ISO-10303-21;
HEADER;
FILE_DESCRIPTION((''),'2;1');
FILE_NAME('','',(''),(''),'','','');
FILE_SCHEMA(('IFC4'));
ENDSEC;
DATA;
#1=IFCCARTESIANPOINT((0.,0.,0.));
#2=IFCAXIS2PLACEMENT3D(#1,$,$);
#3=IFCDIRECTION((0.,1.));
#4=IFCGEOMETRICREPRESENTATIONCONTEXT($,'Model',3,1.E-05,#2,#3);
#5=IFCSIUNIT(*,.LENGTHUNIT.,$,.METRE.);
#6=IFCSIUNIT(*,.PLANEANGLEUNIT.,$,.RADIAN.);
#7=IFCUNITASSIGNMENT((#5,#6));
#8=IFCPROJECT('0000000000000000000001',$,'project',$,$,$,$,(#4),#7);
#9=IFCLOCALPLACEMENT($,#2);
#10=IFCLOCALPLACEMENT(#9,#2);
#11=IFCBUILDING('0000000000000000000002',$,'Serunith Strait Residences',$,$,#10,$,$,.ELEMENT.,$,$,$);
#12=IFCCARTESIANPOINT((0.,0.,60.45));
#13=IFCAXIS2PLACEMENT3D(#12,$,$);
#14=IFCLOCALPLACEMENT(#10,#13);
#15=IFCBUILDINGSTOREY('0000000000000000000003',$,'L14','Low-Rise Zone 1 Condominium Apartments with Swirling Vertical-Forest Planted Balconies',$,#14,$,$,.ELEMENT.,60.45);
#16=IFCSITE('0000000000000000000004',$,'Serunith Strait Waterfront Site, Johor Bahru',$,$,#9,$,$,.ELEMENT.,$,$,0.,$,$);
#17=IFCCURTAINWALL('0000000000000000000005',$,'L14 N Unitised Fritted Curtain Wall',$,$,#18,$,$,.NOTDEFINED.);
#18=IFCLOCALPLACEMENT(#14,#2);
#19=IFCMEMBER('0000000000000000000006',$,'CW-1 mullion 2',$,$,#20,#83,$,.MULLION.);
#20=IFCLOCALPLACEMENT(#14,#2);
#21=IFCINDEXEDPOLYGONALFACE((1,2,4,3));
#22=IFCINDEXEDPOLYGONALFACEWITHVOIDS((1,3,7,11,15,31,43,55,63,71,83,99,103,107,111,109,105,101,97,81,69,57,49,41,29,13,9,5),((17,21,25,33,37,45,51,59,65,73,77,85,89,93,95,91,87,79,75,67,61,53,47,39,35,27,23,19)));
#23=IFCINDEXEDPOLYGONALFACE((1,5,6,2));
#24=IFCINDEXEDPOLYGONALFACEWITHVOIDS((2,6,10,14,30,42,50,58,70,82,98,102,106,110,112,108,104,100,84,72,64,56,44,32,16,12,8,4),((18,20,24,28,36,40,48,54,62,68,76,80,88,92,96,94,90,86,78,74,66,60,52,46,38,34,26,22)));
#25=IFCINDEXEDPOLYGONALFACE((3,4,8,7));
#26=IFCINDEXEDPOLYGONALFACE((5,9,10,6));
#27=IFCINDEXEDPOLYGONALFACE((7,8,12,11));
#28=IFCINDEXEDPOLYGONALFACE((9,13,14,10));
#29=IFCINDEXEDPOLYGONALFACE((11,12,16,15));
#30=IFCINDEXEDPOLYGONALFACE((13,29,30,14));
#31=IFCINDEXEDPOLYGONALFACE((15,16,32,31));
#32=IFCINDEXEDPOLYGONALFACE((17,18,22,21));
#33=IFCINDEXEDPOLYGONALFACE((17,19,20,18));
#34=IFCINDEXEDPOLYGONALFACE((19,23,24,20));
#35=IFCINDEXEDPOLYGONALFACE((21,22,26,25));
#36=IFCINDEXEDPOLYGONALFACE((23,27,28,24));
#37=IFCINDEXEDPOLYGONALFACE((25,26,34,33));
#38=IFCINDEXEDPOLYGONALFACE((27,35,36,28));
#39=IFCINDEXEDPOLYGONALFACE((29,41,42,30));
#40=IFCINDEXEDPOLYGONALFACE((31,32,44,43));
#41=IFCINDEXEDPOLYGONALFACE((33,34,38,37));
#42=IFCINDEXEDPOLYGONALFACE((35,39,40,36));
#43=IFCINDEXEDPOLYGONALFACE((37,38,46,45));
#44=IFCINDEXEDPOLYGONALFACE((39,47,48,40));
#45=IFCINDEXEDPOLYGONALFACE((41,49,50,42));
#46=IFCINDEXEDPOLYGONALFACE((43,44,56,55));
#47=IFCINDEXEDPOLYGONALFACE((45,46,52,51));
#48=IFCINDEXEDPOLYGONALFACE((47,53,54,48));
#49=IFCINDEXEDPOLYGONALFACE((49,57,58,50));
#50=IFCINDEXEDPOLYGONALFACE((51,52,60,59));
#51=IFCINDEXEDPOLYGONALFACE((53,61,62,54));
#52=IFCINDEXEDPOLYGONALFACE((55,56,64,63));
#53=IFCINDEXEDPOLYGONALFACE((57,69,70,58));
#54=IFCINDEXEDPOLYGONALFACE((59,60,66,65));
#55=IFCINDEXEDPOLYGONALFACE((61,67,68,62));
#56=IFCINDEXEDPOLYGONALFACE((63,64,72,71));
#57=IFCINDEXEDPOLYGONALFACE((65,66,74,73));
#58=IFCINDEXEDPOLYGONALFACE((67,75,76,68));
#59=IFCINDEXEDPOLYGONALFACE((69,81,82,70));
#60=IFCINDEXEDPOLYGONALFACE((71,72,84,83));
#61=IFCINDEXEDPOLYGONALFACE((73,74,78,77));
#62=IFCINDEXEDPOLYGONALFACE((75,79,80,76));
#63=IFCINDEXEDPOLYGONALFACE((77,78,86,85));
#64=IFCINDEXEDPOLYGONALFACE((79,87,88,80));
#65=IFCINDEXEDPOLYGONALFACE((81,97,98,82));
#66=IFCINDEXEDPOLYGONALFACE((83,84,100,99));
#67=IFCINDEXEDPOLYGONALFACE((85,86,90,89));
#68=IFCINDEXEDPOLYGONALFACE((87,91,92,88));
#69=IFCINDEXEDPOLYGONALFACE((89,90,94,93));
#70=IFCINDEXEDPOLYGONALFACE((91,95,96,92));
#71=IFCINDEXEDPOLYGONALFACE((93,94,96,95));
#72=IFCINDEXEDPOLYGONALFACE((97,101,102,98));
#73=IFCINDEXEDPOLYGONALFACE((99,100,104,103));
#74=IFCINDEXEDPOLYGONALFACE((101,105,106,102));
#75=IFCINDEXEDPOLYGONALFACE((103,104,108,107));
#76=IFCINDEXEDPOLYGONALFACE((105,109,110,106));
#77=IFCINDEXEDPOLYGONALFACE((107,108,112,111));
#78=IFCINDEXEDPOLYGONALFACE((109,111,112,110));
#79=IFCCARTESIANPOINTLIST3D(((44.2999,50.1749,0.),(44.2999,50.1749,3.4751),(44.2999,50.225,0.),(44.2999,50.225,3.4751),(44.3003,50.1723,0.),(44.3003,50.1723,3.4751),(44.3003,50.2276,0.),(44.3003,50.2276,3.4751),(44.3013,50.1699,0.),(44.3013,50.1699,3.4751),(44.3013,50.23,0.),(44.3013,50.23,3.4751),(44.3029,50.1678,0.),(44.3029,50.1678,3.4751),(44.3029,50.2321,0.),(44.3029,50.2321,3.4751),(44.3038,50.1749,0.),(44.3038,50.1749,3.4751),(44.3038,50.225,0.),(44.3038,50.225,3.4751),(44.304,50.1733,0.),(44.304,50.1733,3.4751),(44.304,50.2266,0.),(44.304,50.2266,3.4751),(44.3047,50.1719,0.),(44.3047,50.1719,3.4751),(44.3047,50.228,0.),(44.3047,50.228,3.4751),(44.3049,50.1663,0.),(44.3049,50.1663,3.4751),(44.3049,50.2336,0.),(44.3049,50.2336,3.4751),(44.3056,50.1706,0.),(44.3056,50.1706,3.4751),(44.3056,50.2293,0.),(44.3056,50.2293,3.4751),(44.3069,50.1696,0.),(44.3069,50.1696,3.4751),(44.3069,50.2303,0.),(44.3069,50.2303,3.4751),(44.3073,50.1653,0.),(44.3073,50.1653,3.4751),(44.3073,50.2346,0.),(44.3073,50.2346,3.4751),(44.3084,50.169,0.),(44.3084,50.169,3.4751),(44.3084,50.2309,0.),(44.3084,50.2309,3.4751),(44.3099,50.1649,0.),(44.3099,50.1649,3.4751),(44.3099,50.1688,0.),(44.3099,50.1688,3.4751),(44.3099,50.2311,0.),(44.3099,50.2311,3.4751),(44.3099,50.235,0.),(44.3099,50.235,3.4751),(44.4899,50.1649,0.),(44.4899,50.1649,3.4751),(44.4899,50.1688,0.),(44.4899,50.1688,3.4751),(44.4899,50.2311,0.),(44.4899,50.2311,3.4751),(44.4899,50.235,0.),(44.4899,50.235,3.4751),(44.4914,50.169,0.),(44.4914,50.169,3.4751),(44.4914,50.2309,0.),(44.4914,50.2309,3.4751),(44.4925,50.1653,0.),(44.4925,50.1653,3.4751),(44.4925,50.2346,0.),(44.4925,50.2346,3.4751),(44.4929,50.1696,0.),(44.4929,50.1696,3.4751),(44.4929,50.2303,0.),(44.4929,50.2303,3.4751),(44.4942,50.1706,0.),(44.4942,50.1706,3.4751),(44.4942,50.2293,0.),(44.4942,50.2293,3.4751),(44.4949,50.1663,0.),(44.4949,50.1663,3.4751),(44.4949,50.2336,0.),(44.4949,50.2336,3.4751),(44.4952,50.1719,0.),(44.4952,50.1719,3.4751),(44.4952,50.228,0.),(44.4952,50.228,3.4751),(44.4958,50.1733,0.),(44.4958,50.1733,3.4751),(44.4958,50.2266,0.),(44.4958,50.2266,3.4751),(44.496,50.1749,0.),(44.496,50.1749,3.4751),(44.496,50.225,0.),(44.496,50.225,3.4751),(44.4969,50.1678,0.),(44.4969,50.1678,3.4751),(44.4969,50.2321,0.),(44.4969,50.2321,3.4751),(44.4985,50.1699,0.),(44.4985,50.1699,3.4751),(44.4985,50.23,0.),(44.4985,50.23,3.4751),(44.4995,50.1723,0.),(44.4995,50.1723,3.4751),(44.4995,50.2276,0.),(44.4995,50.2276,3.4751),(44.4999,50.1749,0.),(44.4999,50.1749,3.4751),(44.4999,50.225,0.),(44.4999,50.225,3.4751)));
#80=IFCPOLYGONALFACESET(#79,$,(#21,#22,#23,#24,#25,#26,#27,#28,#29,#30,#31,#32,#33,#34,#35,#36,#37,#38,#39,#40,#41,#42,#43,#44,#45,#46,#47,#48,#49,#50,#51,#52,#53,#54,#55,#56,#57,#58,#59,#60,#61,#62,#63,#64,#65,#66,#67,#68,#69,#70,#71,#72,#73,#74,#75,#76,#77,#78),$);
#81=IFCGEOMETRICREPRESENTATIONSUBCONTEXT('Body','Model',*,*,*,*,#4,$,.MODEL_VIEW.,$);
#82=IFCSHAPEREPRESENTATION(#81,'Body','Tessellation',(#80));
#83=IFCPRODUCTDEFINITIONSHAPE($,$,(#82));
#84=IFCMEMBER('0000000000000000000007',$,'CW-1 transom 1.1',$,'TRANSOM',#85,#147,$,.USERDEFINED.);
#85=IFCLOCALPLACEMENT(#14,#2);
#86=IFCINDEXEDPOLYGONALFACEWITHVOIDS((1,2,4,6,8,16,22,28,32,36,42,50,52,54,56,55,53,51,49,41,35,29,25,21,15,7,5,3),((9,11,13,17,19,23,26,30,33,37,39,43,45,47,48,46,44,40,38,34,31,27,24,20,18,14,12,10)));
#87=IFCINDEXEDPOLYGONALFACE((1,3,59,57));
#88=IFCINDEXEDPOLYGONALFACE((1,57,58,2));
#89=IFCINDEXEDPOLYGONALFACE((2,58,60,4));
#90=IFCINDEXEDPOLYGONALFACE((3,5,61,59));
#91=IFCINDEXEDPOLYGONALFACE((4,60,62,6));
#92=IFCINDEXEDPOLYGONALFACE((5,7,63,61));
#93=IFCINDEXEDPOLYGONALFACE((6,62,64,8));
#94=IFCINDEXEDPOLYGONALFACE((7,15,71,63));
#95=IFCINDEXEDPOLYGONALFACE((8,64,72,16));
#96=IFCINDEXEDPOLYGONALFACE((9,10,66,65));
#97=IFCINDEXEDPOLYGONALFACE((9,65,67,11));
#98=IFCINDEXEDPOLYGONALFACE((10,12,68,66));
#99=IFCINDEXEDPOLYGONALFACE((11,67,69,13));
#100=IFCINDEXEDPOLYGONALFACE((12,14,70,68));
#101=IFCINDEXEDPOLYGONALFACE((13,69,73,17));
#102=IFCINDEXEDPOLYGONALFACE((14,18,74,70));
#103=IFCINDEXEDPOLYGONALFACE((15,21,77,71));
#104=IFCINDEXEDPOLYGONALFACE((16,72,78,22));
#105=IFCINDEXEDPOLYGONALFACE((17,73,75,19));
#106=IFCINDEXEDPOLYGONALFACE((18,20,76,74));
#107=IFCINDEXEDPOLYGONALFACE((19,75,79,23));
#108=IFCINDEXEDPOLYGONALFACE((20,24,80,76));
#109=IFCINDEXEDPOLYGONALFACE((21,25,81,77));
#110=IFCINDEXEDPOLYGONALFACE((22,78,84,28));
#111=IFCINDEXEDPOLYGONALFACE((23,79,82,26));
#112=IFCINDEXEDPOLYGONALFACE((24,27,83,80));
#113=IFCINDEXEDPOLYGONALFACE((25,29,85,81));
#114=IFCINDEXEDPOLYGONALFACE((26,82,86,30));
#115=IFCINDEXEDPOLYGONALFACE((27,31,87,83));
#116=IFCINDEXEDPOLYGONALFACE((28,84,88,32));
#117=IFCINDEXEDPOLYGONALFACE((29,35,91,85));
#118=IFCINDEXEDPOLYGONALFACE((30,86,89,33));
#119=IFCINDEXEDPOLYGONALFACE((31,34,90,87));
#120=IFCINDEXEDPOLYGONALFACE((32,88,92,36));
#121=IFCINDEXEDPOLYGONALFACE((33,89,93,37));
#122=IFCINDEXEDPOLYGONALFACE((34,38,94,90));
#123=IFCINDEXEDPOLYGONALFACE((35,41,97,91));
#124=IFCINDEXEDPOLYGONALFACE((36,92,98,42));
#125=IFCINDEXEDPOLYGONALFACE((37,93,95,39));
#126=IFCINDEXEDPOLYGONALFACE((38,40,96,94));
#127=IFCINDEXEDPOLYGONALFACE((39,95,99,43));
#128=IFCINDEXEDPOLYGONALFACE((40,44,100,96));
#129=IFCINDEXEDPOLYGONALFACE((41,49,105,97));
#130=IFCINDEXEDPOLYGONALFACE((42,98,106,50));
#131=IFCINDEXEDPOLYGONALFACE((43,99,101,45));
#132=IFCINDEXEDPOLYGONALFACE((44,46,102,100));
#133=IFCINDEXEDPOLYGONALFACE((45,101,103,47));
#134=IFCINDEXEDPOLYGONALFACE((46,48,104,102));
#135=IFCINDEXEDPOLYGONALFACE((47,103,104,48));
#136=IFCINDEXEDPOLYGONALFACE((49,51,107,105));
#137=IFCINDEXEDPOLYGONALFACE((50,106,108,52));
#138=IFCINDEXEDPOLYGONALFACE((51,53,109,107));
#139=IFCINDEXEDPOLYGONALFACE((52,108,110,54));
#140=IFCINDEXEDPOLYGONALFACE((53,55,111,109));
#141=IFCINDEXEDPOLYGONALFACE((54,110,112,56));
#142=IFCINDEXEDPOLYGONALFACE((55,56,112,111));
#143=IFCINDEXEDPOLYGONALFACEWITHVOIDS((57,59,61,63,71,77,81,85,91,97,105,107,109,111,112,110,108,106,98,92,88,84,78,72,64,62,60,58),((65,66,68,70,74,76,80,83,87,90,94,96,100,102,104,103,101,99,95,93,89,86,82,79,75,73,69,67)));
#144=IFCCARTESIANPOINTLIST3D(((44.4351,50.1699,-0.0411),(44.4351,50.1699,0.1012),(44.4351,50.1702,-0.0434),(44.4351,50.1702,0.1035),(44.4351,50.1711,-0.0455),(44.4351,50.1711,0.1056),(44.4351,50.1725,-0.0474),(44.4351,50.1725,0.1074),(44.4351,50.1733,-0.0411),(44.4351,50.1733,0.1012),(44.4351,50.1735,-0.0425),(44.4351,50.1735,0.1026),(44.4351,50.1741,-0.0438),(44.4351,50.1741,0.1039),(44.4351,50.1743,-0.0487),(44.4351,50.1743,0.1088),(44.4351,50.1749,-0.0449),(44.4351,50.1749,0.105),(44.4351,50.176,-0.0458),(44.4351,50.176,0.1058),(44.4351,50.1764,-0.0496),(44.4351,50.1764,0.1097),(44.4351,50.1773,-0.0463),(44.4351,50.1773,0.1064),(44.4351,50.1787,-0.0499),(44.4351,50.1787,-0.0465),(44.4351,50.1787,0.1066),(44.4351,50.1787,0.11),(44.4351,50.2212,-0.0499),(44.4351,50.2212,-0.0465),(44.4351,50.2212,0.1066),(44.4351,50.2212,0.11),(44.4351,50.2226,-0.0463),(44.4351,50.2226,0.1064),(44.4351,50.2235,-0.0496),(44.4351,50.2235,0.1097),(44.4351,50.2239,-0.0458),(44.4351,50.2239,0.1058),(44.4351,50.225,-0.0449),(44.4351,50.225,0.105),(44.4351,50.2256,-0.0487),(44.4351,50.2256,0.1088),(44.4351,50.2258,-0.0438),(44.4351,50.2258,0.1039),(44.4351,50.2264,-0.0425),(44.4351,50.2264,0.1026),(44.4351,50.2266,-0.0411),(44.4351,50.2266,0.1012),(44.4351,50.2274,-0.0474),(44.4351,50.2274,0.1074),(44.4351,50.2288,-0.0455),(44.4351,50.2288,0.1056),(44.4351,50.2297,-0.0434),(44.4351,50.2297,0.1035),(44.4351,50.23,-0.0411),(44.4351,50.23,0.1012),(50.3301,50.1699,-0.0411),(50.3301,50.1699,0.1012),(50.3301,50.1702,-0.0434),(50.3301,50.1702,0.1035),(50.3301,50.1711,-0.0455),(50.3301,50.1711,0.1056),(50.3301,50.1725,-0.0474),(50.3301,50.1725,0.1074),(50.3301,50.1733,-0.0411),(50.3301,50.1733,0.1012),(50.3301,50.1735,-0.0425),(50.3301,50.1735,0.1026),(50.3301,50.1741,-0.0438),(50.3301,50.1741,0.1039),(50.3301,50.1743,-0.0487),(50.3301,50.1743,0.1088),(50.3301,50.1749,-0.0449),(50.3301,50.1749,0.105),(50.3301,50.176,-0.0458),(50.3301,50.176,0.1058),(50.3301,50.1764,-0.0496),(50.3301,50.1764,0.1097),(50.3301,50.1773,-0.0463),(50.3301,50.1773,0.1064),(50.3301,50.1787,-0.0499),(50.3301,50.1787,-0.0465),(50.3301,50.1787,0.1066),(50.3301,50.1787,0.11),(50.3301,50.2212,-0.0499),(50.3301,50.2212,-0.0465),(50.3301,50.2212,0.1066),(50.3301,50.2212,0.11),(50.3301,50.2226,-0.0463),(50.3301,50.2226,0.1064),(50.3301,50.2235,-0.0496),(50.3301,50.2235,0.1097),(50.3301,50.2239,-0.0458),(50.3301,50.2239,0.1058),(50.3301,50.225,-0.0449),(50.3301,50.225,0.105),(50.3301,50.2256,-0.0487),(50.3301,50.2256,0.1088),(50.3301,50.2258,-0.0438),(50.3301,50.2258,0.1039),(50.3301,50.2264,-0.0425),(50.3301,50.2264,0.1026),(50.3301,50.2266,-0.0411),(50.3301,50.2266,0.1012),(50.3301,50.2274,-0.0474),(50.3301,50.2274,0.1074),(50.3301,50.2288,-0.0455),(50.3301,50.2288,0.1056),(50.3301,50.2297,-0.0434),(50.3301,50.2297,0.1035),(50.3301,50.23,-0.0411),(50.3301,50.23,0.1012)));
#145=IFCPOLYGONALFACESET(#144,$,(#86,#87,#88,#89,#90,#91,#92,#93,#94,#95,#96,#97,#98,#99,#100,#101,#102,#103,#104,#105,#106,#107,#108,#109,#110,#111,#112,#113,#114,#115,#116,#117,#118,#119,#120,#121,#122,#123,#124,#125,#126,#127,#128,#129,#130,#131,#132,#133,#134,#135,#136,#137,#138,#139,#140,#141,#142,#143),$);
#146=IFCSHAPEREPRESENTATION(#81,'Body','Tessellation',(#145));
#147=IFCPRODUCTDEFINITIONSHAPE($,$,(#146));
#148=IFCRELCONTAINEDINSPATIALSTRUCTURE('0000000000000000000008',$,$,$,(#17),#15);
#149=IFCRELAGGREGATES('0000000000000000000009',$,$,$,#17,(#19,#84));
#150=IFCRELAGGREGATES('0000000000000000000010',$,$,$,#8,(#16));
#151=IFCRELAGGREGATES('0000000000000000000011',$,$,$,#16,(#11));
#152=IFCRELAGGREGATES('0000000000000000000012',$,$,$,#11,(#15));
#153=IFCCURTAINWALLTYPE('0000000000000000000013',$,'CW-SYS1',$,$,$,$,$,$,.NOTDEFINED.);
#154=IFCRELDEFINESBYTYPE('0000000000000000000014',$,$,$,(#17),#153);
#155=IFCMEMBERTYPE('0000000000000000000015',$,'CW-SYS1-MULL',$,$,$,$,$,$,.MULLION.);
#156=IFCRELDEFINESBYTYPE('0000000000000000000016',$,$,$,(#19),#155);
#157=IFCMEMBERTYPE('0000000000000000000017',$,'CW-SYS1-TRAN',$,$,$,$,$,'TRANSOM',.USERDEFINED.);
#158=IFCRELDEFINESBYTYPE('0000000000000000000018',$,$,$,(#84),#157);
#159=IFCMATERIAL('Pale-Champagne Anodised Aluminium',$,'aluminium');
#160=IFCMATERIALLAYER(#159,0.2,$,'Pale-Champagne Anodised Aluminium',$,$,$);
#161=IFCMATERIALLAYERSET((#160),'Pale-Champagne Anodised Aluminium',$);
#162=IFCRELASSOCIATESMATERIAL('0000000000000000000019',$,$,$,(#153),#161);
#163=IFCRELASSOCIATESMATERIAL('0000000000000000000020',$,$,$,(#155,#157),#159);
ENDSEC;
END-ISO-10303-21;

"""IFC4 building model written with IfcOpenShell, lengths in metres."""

from ifc_helpers import new_model, si_unit, direction, frame, origin, origin_2d, place, context, subcontext, project, spatial, hollow_rectangle, extrude, source, transform, mapped, material, layer, layer_set, material_profile, profile_set, type_object, element, aggregate, save


model = new_model("IFC4")

# Units and contexts
model_context = context("Model", 3, precision=1e-05, world=origin(), true_north=direction((0.0, 1.0)))
body_context = subcontext(model_context, "Body", "Model", "MODEL_VIEW")
ifc_project = project(units=[si_unit("LENGTHUNIT", "METRE"), si_unit("PLANEANGLEUNIT", "RADIAN")], contexts=[model_context])

# Site, building, storey
site_placement = place(None, origin())
site = spatial("IfcSite", under=ifc_project, at=site_placement, Name="Serunith Strait Waterfront Site, Johor Bahru", CompositionType="ELEMENT", RefElevation=0.0)
building_placement = place(site_placement, origin())
building = spatial("IfcBuilding", under=site, at=building_placement, Name="Serunith Strait Residences", CompositionType="ELEMENT")
storey_placement = place(building_placement, frame((0.0, 0.0, 60.45)))
storey = spatial("IfcBuildingStorey", under=building, at=storey_placement, Name="L14", Description="Low-Rise Zone 1 Condominium Apartments with Swirling Vertical-Forest Planted Balconies", CompositionType="ELEMENT", Elevation=60.45)

# Shared definitions
ifc_material_1 = material(Name="Pale-Champagne Anodised Aluminium", Category="aluminium")
ifc_layer_1 = layer(ifc_material_1, 0.2, Name="Pale-Champagne Anodised Aluminium")
ifc_layer_set_1 = layer_set([ifc_layer_1], Name="Pale-Champagne Anodised Aluminium")
curtain_wall_type = type_object("IfcCurtainWallType", Name="CW-SYS1", PredefinedType="NOTDEFINED", material=ifc_layer_set_1)
ifc_material_profile_1 = material_profile(ifc_material_1, hollow_rectangle(XDim=0.0701, YDim=0.2, WallThickness=0.0039, InnerFilletRadius=0.0061, OuterFilletRadius=0.01, at=origin_2d()), Name="ALU 200x70x4")
ifc_profile_set_1 = profile_set([ifc_material_profile_1], Name="Pale-Champagne Anodised Aluminium")
member_type_1 = type_object("IfcMemberType", Name="CW-SYS1-MULL", PredefinedType="MULLION", material=ifc_profile_set_1)
shared_shape_1 = source(origin(), body_context, "Body", "SweptSolid", [
    extrude(hollow_rectangle(XDim=0.0701, YDim=0.2, WallThickness=0.0039, InnerFilletRadius=0.0061, OuterFilletRadius=0.01, at=origin_2d()), origin(), (0.0, 0.0, 1.0), 3.4751),
])

# Curtain wall, members
curtain_wall_1_placement = place(storey_placement, origin())
curtain_wall_1 = element("IfcCurtainWall", 1, at=curtain_wall_1_placement, inside=storey, type_object=curtain_wall_type, Name="L14 N Unitised Fritted Curtain Wall", PredefinedType="NOTDEFINED")
member_1_placement = place(storey_placement, frame((44.3999, 50.2, 0.0), z_axis=(0.0, 0.0, 1.0), x_axis=(0.0, -1.0, 0.0)))
member_1 = element("IfcMember", 2, at=member_1_placement, type_object=member_type_1, Name="CW-1 mullion 2", PredefinedType="MULLION", context=body_context, shape_type="MappedRepresentation", body=[
    mapped(shared_shape_1, transform((0.0, 0.0, 0.0), scale=1.0)),
])
ifc_material_profile_2 = material_profile(ifc_material_1, hollow_rectangle(XDim=0.0601, YDim=0.1599, WallThickness=0.0034, InnerFilletRadius=0.0054, OuterFilletRadius=0.0088, at=origin_2d()), Name="ALU 160x60x3.5")
ifc_profile_set_2 = profile_set([ifc_material_profile_2], Name="Pale-Champagne Anodised Aluminium")
member_type_2 = type_object("IfcMemberType", Name="CW-SYS1-TRAN", ElementType="TRANSOM", PredefinedType="USERDEFINED", material=ifc_profile_set_2)
shared_shape_2 = source(origin(), body_context, "Body", "SweptSolid", [
    extrude(hollow_rectangle(XDim=0.0601, YDim=0.1599, WallThickness=0.0034, InnerFilletRadius=0.0054, OuterFilletRadius=0.0088, at=origin_2d()), origin(), (0.0, 0.0, 1.0), 5.895),
])
member_2_placement = place(storey_placement, frame((50.3301, 50.2, 0.03), z_axis=(-1.0, 0.0, 0.0), x_axis=(0.0, -1.0, 0.0)))
member_2 = element("IfcMember", 3, at=member_2_placement, type_object=member_type_2, Name="CW-1 transom 1.1", ObjectType="TRANSOM", PredefinedType="USERDEFINED", context=body_context, shape_type="MappedRepresentation", body=[
    mapped(shared_shape_2, transform((0.0, 0.0, 0.0), scale=1.0)),
])
aggregate(curtain_wall_1, [member_1, member_2])

save(model, "model.ifc")
